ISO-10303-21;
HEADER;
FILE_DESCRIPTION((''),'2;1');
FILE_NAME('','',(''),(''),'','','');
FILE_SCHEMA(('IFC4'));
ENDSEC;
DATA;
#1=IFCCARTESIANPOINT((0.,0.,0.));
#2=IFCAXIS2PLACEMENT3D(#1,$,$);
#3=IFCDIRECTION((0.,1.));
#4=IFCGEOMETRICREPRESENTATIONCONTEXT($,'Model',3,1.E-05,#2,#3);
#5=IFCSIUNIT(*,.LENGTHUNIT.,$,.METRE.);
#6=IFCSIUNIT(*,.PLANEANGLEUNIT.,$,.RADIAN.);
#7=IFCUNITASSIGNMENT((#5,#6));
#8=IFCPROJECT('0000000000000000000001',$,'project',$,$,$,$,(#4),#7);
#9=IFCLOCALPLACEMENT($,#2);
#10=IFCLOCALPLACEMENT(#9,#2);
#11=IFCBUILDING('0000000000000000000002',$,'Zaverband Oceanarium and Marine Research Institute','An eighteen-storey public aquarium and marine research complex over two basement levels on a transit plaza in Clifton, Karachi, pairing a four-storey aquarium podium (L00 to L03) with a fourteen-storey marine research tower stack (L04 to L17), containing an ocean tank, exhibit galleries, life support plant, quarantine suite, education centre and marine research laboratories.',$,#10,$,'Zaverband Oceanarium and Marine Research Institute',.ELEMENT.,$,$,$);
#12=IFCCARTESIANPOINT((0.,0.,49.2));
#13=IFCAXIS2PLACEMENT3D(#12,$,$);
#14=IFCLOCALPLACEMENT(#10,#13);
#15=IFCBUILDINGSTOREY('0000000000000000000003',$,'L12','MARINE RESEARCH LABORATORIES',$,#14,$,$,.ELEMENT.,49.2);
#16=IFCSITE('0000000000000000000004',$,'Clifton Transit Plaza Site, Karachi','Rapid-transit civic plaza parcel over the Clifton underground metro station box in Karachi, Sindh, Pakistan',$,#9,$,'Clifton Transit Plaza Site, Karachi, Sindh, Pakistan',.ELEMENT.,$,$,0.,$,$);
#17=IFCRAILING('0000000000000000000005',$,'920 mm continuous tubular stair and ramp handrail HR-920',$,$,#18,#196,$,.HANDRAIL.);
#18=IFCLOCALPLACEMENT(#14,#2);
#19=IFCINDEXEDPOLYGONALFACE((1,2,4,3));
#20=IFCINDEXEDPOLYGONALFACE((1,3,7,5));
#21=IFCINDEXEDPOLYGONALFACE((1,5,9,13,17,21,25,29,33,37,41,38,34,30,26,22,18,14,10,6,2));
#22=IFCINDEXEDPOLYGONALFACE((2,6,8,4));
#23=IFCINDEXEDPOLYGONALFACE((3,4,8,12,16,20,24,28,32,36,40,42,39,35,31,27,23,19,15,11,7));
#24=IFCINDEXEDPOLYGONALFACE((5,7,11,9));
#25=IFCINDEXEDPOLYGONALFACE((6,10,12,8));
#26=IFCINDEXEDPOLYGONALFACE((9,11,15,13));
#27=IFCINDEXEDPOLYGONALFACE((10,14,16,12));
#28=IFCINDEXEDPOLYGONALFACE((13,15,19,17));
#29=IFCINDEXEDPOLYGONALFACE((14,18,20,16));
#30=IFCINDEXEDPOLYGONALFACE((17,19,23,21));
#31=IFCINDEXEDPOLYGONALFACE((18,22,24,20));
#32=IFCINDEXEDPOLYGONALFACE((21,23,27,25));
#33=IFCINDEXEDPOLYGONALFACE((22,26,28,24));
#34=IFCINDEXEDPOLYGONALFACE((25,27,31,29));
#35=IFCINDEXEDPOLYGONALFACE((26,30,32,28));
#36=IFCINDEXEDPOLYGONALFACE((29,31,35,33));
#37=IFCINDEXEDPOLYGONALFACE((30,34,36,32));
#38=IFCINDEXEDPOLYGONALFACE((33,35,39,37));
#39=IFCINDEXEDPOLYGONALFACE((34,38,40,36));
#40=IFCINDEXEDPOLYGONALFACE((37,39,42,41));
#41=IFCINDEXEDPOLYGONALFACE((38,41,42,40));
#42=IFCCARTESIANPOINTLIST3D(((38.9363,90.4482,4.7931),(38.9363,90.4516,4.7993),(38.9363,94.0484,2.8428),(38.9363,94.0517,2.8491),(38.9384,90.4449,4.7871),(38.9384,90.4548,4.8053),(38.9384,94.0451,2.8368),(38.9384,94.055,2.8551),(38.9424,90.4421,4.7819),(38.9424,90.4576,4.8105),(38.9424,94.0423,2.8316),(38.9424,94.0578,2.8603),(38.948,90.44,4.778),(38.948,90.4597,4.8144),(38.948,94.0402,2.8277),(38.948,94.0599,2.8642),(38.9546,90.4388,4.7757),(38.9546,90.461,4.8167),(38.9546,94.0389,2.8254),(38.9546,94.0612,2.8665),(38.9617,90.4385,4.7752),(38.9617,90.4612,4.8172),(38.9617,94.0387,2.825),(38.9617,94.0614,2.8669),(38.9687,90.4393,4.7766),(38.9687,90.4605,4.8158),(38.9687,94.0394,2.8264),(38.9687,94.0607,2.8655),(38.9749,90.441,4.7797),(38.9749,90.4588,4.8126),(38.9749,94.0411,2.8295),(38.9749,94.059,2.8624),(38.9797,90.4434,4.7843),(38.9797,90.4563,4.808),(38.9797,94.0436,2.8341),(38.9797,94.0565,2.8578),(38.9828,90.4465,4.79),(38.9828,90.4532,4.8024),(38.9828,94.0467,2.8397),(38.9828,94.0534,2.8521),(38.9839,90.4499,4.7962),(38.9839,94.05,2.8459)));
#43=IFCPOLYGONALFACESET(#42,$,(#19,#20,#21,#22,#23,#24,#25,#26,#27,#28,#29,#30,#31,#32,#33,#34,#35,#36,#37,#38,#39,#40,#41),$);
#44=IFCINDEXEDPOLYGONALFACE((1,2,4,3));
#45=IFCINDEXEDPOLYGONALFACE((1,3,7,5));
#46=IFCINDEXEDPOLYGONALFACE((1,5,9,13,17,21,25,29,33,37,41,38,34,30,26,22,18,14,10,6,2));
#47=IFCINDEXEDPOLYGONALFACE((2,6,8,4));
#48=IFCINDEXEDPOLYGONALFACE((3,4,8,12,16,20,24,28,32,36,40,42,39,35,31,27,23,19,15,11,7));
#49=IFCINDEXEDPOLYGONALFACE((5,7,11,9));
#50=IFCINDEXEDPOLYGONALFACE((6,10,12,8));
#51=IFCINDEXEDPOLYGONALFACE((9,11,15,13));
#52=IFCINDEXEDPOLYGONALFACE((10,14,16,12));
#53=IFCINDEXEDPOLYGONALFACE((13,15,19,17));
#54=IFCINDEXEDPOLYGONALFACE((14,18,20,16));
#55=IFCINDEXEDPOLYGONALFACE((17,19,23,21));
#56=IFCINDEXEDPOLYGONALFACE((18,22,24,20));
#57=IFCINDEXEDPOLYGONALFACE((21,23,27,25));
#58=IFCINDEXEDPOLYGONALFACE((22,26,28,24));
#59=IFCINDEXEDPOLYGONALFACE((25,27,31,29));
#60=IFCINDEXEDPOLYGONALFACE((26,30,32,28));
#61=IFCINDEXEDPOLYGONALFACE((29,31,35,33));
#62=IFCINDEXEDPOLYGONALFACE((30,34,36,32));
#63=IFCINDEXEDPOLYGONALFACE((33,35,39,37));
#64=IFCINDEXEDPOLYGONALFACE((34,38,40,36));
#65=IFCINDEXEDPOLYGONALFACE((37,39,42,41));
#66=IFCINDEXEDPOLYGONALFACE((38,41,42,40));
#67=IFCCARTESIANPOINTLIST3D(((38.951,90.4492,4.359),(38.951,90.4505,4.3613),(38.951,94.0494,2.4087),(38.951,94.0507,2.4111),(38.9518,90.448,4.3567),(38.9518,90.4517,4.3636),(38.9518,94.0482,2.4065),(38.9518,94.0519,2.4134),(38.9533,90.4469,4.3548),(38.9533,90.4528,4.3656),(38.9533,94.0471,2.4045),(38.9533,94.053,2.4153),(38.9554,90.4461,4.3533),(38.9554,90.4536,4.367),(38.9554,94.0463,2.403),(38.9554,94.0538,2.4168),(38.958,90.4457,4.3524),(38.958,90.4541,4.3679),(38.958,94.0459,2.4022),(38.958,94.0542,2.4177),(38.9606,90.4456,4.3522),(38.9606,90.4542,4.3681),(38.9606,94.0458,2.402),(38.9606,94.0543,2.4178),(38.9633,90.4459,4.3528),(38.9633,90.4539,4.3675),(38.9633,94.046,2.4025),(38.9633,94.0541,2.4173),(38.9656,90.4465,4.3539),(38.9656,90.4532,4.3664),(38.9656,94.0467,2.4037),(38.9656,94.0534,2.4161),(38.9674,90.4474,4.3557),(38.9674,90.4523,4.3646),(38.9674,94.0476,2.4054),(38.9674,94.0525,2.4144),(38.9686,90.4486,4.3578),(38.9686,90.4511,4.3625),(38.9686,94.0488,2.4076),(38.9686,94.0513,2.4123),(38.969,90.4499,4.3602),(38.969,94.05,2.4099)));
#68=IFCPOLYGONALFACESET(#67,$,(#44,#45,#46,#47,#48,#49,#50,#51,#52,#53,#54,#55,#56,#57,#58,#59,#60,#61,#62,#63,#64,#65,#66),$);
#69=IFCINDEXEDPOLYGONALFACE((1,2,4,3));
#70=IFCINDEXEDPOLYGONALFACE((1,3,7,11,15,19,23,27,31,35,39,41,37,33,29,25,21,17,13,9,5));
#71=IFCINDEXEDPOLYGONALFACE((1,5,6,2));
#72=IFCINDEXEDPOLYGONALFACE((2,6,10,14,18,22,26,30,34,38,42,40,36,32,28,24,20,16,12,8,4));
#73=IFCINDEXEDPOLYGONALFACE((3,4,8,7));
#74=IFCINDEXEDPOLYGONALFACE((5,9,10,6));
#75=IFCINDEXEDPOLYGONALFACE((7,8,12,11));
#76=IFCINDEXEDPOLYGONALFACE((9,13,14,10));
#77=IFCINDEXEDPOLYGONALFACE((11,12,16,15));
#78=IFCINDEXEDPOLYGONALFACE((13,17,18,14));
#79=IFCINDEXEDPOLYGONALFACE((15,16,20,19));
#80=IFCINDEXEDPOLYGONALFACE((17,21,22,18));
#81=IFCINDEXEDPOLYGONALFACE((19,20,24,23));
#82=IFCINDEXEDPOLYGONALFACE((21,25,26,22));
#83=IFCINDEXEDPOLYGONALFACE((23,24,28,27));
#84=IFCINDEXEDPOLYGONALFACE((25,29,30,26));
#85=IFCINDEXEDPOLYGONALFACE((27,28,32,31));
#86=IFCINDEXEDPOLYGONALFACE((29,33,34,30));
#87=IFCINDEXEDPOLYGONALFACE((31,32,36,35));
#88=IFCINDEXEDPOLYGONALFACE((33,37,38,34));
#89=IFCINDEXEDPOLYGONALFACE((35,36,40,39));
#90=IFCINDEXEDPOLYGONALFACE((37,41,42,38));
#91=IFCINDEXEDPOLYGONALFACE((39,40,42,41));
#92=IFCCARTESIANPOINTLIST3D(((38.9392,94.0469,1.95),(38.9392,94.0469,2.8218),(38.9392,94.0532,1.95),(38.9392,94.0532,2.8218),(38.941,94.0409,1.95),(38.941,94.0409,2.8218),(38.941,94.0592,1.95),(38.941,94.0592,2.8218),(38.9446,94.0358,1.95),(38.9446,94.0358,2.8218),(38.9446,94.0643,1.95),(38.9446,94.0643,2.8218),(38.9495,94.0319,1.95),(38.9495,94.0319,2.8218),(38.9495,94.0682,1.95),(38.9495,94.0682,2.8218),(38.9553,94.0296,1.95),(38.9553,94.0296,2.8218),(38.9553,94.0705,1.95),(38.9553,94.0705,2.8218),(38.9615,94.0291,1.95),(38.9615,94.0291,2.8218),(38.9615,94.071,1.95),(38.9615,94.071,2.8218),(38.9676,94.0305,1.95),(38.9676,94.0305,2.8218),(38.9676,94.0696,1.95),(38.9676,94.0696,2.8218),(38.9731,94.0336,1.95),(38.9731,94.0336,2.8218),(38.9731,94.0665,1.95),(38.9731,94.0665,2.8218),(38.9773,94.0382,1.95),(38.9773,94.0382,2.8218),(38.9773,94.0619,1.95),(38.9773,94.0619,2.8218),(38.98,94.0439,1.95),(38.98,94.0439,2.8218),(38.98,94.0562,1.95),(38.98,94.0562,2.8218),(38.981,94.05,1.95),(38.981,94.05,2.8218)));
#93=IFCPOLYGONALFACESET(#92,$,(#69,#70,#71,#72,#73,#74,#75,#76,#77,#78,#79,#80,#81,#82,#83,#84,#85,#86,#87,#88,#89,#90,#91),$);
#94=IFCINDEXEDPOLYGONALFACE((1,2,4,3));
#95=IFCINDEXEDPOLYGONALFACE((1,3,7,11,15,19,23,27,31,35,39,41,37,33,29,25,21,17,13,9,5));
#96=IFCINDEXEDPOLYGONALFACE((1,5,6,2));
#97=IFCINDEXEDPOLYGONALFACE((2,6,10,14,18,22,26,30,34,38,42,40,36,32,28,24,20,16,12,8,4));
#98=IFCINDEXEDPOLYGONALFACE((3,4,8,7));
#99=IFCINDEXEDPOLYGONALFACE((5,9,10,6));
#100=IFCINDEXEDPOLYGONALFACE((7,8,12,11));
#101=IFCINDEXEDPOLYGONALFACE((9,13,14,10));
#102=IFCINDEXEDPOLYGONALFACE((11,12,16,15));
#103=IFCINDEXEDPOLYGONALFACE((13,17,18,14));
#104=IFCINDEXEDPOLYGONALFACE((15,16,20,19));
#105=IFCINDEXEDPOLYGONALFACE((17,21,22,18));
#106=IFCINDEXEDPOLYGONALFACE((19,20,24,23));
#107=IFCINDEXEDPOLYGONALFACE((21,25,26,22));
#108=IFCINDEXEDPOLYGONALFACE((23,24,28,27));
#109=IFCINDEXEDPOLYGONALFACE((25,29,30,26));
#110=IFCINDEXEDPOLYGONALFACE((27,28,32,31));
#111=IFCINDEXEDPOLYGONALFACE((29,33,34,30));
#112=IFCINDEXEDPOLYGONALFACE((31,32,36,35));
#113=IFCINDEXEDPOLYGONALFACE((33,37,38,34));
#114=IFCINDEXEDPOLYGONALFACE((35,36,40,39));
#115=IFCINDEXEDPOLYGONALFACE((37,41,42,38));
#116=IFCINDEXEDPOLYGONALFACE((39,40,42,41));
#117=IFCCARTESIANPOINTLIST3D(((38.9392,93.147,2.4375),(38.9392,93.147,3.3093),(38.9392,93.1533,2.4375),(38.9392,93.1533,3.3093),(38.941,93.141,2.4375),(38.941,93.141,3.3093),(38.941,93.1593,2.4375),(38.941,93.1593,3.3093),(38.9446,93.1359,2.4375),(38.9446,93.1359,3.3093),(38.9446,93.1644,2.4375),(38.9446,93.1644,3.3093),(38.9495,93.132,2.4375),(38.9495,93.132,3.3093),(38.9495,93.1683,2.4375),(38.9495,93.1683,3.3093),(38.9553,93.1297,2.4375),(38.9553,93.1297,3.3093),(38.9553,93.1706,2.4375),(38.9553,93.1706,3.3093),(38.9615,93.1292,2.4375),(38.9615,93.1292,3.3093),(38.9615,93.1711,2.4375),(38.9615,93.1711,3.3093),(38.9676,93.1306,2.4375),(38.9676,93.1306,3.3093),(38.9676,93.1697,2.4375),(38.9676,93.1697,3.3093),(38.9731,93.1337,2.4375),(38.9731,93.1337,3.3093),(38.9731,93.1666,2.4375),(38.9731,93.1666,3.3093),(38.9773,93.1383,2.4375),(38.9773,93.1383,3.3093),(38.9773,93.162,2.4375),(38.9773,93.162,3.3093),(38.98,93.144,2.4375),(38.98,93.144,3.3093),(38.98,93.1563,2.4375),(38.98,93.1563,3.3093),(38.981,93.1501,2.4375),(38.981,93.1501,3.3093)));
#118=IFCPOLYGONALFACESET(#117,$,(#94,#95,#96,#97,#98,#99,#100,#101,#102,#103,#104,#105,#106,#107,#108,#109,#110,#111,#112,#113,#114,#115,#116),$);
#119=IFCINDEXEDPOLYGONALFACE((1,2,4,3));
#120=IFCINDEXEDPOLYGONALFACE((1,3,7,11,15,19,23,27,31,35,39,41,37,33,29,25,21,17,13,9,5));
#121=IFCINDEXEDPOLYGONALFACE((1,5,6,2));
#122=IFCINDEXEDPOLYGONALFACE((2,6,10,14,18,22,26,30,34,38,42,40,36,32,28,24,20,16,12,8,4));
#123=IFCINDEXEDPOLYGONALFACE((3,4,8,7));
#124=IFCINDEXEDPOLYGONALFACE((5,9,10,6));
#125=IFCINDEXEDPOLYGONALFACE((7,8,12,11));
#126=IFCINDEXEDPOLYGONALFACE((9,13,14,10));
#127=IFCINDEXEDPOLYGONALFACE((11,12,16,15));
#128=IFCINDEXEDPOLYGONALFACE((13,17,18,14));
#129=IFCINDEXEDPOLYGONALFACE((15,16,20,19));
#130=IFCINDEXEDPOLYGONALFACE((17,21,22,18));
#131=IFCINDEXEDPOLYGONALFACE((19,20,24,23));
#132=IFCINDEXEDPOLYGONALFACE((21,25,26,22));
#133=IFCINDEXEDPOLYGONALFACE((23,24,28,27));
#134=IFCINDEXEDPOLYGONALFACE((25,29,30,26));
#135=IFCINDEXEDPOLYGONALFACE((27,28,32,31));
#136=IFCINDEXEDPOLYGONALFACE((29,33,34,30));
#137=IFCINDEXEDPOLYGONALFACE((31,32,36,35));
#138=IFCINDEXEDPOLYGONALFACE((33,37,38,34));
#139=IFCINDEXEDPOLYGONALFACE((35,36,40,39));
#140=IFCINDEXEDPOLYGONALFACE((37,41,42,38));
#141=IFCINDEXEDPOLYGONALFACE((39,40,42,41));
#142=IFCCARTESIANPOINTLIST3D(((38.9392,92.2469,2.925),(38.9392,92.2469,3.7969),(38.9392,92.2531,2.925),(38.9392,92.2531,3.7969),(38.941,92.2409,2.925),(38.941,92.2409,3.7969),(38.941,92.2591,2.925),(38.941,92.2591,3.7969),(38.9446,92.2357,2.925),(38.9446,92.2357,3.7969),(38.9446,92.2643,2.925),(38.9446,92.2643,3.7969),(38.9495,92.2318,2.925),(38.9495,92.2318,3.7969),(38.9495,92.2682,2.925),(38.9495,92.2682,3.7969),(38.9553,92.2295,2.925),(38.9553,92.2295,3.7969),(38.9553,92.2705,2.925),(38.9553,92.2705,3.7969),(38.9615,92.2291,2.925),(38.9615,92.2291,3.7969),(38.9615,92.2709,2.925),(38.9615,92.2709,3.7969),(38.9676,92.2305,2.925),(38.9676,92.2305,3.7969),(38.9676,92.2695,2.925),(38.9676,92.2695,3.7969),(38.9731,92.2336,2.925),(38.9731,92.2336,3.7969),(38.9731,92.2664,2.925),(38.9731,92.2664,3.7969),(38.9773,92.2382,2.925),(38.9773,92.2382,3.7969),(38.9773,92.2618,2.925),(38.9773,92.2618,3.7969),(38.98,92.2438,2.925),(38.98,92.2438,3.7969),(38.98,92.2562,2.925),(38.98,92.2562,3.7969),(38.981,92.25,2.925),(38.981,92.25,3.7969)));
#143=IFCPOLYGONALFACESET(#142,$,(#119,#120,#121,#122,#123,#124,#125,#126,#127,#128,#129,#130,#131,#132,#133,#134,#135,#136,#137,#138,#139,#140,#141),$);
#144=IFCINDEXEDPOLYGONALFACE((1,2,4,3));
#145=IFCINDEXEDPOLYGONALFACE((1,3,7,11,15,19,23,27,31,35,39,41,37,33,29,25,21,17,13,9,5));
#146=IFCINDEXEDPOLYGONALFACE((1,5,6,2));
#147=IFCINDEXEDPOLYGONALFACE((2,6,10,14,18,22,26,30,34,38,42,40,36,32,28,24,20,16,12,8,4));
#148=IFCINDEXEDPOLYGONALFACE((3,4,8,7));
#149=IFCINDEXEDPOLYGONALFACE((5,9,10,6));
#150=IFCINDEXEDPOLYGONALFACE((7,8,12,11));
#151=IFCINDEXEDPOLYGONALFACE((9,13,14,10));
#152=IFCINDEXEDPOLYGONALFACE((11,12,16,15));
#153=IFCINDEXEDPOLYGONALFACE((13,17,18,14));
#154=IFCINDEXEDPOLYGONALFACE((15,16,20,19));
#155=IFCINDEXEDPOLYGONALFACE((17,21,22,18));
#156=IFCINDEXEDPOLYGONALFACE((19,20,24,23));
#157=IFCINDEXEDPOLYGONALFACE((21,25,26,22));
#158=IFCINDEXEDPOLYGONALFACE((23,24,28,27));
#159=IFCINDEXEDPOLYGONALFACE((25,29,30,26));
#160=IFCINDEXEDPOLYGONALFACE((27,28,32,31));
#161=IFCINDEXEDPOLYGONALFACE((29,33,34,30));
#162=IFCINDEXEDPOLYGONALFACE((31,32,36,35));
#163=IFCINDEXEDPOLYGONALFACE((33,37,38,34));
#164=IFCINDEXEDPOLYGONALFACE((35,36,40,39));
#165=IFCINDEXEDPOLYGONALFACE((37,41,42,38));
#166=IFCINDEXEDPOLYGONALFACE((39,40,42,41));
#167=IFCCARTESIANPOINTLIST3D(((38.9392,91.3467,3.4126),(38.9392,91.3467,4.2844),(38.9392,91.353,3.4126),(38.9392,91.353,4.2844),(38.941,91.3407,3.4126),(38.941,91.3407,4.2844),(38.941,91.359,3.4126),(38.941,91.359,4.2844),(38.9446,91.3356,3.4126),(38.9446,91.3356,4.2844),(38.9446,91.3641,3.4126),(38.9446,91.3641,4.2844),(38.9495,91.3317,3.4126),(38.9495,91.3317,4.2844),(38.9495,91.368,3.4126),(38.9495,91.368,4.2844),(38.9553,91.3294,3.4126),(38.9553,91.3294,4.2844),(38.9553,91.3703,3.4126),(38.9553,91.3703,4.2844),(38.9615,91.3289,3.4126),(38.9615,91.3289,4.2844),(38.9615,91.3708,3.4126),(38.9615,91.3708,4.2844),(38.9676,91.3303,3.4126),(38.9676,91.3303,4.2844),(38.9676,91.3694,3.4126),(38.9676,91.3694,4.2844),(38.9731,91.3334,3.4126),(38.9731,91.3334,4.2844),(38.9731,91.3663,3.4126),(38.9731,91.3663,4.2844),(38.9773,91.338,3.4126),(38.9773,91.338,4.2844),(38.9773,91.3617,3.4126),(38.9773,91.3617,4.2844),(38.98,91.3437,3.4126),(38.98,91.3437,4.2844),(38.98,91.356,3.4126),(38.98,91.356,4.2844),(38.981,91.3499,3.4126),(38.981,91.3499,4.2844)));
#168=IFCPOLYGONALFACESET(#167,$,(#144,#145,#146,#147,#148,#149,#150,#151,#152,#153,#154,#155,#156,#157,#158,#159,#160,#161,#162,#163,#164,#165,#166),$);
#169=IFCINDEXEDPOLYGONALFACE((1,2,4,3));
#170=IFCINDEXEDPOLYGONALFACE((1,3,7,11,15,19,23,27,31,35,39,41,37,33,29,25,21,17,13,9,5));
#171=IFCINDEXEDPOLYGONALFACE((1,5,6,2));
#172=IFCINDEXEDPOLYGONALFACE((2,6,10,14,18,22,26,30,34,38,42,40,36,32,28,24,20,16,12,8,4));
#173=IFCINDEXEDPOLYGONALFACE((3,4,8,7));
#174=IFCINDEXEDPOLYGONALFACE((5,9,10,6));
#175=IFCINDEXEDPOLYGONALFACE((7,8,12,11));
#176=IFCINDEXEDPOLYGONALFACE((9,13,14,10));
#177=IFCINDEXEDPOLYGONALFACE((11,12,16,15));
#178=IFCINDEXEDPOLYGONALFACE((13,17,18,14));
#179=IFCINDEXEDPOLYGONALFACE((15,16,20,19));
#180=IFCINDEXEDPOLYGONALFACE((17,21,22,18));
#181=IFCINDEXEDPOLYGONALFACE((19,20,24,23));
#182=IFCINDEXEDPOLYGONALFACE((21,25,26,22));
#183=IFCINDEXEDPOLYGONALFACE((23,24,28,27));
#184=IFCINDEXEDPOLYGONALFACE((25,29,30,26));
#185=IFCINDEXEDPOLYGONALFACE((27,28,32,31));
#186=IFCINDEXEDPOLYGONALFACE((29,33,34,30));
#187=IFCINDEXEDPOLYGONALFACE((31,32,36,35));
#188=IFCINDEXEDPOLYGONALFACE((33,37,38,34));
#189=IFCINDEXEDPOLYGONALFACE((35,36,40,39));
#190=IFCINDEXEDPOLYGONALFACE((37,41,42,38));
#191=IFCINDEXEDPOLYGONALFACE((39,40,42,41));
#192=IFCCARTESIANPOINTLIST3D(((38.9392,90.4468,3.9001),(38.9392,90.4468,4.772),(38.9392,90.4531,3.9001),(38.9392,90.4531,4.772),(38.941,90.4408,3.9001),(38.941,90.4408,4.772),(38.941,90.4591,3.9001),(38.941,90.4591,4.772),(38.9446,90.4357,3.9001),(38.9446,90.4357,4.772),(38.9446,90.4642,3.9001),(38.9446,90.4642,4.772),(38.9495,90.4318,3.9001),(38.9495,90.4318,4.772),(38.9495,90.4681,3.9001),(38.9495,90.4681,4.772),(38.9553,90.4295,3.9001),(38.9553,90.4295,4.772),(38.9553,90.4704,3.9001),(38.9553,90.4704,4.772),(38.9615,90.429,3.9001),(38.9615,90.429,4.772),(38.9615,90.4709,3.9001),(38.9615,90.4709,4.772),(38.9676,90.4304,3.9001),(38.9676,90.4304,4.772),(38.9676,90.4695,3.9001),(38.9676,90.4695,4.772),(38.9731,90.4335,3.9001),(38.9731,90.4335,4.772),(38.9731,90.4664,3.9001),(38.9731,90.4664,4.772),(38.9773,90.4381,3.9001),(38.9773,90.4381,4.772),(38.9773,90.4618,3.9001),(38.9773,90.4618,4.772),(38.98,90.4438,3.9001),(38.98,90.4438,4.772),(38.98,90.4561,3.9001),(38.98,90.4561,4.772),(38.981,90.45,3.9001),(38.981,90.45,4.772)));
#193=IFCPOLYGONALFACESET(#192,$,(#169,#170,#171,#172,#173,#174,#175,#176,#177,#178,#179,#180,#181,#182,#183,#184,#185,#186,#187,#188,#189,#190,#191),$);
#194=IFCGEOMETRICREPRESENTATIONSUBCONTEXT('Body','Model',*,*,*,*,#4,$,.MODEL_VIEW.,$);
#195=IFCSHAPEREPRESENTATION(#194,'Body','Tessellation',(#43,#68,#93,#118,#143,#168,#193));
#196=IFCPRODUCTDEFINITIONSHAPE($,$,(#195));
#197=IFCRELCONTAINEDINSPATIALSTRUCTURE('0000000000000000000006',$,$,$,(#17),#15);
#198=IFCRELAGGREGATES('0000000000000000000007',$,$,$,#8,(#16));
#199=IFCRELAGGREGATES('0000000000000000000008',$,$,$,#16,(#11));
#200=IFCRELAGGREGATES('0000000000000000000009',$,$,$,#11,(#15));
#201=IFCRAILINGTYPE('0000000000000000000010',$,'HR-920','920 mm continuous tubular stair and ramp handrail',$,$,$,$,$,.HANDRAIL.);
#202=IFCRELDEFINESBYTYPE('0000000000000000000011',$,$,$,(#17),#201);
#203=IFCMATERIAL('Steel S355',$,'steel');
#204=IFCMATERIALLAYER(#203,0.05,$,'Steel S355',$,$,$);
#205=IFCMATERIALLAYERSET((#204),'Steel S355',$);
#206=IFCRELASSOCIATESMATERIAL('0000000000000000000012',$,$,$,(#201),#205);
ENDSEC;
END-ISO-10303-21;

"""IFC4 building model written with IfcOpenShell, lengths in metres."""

from ifc_helpers import new_model, si_unit, direction, frame, origin, origin_2d, place, context, subcontext, project, spatial, circle, extrude, material, layer, layer_set, type_object, element, save


model = new_model("IFC4")

# Units and contexts
model_context = context("Model", 3, precision=1e-05, world=origin(), true_north=direction((0.0, 1.0)))
body_context = subcontext(model_context, "Body", "Model", "MODEL_VIEW")
ifc_project = project(units=[si_unit("LENGTHUNIT", "METRE"), si_unit("PLANEANGLEUNIT", "RADIAN")], contexts=[model_context])

# Site, building, storey
site_placement = place(None, origin())
site = spatial("IfcSite", under=ifc_project, at=site_placement, Name="Clifton Transit Plaza Site, Karachi", Description="Rapid-transit civic plaza parcel over the Clifton underground metro station box in Karachi, Sindh, Pakistan", LongName="Clifton Transit Plaza Site, Karachi, Sindh, Pakistan", CompositionType="ELEMENT", RefElevation=0.0)
building_placement = place(site_placement, origin())
building = spatial("IfcBuilding", under=site, at=building_placement, Name="Zaverband Oceanarium and Marine Research Institute", Description="An eighteen-storey public aquarium and marine research complex over two basement levels on a transit plaza in Clifton, Karachi, pairing a four-storey aquarium podium (L00 to L03) with a fourteen-storey marine research tower stack (L04 to L17), containing an ocean tank, exhibit galleries, life support plant, quarantine suite, education centre and marine research laboratories.", LongName="Zaverband Oceanarium and Marine Research Institute", CompositionType="ELEMENT")
storey_placement = place(building_placement, frame((0.0, 0.0, 49.2)))
storey = spatial("IfcBuildingStorey", under=building, at=storey_placement, Name="L12", Description="MARINE RESEARCH LABORATORIES", CompositionType="ELEMENT", Elevation=49.2)

# Shared definitions
ifc_material_1 = material(Name="Steel S355", Category="steel")

# Railing
ifc_layer_1 = layer(ifc_material_1, 0.05, Name="Steel S355")
ifc_layer_set_1 = layer_set([ifc_layer_1], Name="Steel S355")
railing_type_1 = type_object("IfcRailingType", Name="HR-920", Description="920 mm continuous tubular stair and ramp handrail", PredefinedType="HANDRAIL", material=ifc_layer_set_1)
railing_1_placement = place(storey_placement, frame((38.96, 94.05, 1.95)))
element("IfcRailing", 1, at=railing_1_placement, inside=storey, type_object=railing_type_1, Name="920 mm continuous tubular stair and ramp handrail HR-920", PredefinedType="HANDRAIL", context=body_context, shape_type="SweptSolid", body=[
    extrude(circle(Radius=0.0239, at=origin_2d()), frame((0.0, 0.0, 0.896), z_axis=(0.0, -0.879277, 0.47631), x_axis=(1.0, 0.0, 0.0)), (0.0, 0.0, 1.0), 4.0945),
    extrude(circle(Radius=0.009, at=origin_2d()), frame((0.0, 0.0, 0.46), z_axis=(0.0, -0.879277, 0.47631), x_axis=(1.0, 0.0, 0.0)), (0.0, 0.0, 1.0), 4.0945),
    extrude(circle(Radius=0.021, at=origin_2d()), origin(), (0.0, 0.0, 1.0), 0.8718),
    extrude(circle(Radius=0.021, at=origin_2d()), frame((0.0, -0.8999, 0.4875)), (0.0, 0.0, 1.0), 0.8718),
    extrude(circle(Radius=0.021, at=origin_2d()), frame((0.0, -1.8, 0.9751)), (0.0, 0.0, 1.0), 0.8718),
    extrude(circle(Radius=0.021, at=origin_2d()), frame((0.0, -2.7002, 1.4626)), (0.0, 0.0, 1.0), 0.8718),
    extrude(circle(Radius=0.021, at=origin_2d()), frame((0.0, -3.6001, 1.9502)), (0.0, 0.0, 1.0), 0.8718),
])

save(model, "model.ifc")
